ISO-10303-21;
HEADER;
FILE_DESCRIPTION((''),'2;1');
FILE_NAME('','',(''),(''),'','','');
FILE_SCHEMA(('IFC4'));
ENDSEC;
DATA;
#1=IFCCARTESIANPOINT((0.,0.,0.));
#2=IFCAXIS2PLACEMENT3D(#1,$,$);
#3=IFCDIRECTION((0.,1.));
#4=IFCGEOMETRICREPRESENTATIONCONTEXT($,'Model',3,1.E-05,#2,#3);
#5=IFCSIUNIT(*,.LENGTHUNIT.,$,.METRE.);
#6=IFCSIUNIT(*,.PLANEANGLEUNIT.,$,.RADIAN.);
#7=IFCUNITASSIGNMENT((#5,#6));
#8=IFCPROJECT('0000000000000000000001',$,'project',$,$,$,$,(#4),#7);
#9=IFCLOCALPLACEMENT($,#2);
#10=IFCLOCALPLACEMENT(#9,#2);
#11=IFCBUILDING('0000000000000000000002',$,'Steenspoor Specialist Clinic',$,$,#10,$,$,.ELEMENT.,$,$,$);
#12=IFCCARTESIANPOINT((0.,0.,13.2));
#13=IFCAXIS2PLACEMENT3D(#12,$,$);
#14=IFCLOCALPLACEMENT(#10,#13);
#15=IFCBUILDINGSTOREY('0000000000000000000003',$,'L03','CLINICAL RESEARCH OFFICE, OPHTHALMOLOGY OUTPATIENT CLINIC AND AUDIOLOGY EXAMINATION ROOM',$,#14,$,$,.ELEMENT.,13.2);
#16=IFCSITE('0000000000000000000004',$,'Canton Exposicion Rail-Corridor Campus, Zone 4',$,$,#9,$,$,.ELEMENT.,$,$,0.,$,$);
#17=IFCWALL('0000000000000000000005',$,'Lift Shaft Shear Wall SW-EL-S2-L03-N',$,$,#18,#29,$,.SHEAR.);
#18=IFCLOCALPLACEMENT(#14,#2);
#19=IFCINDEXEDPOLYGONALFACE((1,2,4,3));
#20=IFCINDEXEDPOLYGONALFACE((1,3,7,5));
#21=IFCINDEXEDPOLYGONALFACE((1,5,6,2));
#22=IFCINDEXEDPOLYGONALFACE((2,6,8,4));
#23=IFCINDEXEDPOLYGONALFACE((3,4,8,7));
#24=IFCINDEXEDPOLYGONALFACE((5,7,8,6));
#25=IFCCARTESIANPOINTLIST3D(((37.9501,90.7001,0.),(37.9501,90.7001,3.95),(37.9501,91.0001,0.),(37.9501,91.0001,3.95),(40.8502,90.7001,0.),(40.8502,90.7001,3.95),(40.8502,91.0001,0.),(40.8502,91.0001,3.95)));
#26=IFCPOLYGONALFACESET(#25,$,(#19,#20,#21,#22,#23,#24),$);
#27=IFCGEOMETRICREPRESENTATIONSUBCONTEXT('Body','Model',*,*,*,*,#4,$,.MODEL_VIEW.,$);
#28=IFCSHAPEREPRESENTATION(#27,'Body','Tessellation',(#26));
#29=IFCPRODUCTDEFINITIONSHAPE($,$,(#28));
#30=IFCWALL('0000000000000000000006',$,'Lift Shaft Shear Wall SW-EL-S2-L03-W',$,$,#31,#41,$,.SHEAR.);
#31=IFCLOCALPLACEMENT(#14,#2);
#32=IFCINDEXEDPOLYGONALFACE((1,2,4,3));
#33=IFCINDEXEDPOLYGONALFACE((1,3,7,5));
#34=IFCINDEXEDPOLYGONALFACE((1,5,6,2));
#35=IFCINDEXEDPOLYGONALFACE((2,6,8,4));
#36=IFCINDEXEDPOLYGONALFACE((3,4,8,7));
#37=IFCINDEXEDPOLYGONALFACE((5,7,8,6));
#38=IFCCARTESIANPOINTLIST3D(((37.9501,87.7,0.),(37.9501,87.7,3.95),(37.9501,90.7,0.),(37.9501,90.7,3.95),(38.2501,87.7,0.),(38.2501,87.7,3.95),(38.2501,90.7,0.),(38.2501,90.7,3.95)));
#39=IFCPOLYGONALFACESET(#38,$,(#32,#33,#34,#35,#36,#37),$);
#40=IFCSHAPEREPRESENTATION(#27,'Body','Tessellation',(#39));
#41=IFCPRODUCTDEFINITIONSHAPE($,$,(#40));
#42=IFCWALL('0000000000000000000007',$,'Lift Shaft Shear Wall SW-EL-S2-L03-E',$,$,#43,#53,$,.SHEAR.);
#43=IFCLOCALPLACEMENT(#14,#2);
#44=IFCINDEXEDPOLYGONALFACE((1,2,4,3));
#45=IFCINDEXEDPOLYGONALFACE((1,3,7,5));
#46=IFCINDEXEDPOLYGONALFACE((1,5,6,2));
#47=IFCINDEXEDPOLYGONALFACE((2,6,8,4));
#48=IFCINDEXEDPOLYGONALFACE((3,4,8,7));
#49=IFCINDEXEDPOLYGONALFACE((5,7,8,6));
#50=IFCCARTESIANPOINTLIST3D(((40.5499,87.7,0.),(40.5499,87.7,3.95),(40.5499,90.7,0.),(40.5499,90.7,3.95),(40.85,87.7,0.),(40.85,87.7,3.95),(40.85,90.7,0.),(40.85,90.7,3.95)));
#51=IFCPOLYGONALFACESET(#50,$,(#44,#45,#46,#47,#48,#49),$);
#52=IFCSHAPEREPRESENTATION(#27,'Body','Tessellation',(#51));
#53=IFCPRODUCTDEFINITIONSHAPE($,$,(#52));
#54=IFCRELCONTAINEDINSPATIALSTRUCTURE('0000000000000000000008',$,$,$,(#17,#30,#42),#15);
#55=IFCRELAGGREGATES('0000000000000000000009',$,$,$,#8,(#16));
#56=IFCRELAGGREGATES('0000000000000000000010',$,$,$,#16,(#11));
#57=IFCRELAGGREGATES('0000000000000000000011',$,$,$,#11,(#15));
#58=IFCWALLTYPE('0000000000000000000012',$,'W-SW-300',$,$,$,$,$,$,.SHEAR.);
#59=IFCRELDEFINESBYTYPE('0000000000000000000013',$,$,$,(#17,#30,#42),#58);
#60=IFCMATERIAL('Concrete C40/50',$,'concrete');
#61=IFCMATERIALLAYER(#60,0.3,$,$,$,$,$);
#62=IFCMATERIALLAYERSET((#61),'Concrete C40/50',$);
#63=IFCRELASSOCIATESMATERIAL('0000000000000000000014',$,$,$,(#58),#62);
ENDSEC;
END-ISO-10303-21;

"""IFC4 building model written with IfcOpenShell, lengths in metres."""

from ifc_helpers import new_model, si_unit, direction, frame, frame_2d, origin, place, context, subcontext, project, spatial, rectangle, extrude, material, layer, layer_set, type_object, element, save


model = new_model("IFC4")

# Units and contexts
model_context = context("Model", 3, precision=1e-05, world=origin(), true_north=direction((0.0, 1.0)))
body_context = subcontext(model_context, "Body", "Model", "MODEL_VIEW")
ifc_project = project(units=[si_unit("LENGTHUNIT", "METRE"), si_unit("PLANEANGLEUNIT", "RADIAN")], contexts=[model_context])

# Site, building, storey
site_placement = place(None, origin())
site = spatial("IfcSite", under=ifc_project, at=site_placement, Name="Canton Exposicion Rail-Corridor Campus, Zone 4", CompositionType="ELEMENT", RefElevation=0.0)
building_placement = place(site_placement, origin())
building = spatial("IfcBuilding", under=site, at=building_placement, Name="Steenspoor Specialist Clinic", CompositionType="ELEMENT")
storey_placement = place(building_placement, frame((0.0, 0.0, 13.2)))
storey = spatial("IfcBuildingStorey", under=building, at=storey_placement, Name="L03", Description="CLINICAL RESEARCH OFFICE, OPHTHALMOLOGY OUTPATIENT CLINIC AND AUDIOLOGY EXAMINATION ROOM", CompositionType="ELEMENT", Elevation=13.2)

# Shared definitions
ifc_material_1 = material(Name="Concrete C40/50", Category="concrete")

# Shared definitions
ifc_layer_1 = layer(ifc_material_1, 0.3)
ifc_layer_set_1 = layer_set([ifc_layer_1], Name="Concrete C40/50")
wall_type_1 = type_object("IfcWallType", Name="W-SW-300", PredefinedType="SHEAR", material=ifc_layer_set_1)

# Walls
wall_1_placement = place(storey_placement, frame((37.95, 90.8501, 0.0), z_axis=(0.0, 0.0, 1.0), x_axis=(1.0, 0.0, 0.0)))
element("IfcWall", 1, at=wall_1_placement, inside=storey, type_object=wall_type_1, Name="Lift Shaft Shear Wall SW-EL-S2-L03-N", PredefinedType="SHEAR", context=body_context, shape_type="SweptSolid", body=[
    extrude(rectangle(XDim=2.9001, YDim=0.3, at=frame_2d((1.4502, 0.0))), origin(), (0.0, 0.0, 1.0), 3.95),
])
for number, where, z_axis, x_axis, name in (
    (2, (38.1001, 87.7, 0.0), (0.0, 0.0, 1.0), (0.0, 1.0, 0.0), "Lift Shaft Shear Wall SW-EL-S2-L03-W"),
    (3, (40.7, 87.7, 0.0), (0.0, 0.0, 1.0), (0.0, 1.0, 0.0), "Lift Shaft Shear Wall SW-EL-S2-L03-E"),
):
    element("IfcWall", number, at=place(storey_placement, frame(where, z_axis=z_axis, x_axis=x_axis)), inside=storey, type_object=wall_type_1, Name=name, PredefinedType="SHEAR", context=body_context, shape_type="SweptSolid", body=[
        extrude(rectangle(XDim=3.0, YDim=0.3, at=frame_2d((1.5, 0.0))), origin(), (0.0, 0.0, 1.0), 3.95),
    ])

save(model, "model.ifc")
